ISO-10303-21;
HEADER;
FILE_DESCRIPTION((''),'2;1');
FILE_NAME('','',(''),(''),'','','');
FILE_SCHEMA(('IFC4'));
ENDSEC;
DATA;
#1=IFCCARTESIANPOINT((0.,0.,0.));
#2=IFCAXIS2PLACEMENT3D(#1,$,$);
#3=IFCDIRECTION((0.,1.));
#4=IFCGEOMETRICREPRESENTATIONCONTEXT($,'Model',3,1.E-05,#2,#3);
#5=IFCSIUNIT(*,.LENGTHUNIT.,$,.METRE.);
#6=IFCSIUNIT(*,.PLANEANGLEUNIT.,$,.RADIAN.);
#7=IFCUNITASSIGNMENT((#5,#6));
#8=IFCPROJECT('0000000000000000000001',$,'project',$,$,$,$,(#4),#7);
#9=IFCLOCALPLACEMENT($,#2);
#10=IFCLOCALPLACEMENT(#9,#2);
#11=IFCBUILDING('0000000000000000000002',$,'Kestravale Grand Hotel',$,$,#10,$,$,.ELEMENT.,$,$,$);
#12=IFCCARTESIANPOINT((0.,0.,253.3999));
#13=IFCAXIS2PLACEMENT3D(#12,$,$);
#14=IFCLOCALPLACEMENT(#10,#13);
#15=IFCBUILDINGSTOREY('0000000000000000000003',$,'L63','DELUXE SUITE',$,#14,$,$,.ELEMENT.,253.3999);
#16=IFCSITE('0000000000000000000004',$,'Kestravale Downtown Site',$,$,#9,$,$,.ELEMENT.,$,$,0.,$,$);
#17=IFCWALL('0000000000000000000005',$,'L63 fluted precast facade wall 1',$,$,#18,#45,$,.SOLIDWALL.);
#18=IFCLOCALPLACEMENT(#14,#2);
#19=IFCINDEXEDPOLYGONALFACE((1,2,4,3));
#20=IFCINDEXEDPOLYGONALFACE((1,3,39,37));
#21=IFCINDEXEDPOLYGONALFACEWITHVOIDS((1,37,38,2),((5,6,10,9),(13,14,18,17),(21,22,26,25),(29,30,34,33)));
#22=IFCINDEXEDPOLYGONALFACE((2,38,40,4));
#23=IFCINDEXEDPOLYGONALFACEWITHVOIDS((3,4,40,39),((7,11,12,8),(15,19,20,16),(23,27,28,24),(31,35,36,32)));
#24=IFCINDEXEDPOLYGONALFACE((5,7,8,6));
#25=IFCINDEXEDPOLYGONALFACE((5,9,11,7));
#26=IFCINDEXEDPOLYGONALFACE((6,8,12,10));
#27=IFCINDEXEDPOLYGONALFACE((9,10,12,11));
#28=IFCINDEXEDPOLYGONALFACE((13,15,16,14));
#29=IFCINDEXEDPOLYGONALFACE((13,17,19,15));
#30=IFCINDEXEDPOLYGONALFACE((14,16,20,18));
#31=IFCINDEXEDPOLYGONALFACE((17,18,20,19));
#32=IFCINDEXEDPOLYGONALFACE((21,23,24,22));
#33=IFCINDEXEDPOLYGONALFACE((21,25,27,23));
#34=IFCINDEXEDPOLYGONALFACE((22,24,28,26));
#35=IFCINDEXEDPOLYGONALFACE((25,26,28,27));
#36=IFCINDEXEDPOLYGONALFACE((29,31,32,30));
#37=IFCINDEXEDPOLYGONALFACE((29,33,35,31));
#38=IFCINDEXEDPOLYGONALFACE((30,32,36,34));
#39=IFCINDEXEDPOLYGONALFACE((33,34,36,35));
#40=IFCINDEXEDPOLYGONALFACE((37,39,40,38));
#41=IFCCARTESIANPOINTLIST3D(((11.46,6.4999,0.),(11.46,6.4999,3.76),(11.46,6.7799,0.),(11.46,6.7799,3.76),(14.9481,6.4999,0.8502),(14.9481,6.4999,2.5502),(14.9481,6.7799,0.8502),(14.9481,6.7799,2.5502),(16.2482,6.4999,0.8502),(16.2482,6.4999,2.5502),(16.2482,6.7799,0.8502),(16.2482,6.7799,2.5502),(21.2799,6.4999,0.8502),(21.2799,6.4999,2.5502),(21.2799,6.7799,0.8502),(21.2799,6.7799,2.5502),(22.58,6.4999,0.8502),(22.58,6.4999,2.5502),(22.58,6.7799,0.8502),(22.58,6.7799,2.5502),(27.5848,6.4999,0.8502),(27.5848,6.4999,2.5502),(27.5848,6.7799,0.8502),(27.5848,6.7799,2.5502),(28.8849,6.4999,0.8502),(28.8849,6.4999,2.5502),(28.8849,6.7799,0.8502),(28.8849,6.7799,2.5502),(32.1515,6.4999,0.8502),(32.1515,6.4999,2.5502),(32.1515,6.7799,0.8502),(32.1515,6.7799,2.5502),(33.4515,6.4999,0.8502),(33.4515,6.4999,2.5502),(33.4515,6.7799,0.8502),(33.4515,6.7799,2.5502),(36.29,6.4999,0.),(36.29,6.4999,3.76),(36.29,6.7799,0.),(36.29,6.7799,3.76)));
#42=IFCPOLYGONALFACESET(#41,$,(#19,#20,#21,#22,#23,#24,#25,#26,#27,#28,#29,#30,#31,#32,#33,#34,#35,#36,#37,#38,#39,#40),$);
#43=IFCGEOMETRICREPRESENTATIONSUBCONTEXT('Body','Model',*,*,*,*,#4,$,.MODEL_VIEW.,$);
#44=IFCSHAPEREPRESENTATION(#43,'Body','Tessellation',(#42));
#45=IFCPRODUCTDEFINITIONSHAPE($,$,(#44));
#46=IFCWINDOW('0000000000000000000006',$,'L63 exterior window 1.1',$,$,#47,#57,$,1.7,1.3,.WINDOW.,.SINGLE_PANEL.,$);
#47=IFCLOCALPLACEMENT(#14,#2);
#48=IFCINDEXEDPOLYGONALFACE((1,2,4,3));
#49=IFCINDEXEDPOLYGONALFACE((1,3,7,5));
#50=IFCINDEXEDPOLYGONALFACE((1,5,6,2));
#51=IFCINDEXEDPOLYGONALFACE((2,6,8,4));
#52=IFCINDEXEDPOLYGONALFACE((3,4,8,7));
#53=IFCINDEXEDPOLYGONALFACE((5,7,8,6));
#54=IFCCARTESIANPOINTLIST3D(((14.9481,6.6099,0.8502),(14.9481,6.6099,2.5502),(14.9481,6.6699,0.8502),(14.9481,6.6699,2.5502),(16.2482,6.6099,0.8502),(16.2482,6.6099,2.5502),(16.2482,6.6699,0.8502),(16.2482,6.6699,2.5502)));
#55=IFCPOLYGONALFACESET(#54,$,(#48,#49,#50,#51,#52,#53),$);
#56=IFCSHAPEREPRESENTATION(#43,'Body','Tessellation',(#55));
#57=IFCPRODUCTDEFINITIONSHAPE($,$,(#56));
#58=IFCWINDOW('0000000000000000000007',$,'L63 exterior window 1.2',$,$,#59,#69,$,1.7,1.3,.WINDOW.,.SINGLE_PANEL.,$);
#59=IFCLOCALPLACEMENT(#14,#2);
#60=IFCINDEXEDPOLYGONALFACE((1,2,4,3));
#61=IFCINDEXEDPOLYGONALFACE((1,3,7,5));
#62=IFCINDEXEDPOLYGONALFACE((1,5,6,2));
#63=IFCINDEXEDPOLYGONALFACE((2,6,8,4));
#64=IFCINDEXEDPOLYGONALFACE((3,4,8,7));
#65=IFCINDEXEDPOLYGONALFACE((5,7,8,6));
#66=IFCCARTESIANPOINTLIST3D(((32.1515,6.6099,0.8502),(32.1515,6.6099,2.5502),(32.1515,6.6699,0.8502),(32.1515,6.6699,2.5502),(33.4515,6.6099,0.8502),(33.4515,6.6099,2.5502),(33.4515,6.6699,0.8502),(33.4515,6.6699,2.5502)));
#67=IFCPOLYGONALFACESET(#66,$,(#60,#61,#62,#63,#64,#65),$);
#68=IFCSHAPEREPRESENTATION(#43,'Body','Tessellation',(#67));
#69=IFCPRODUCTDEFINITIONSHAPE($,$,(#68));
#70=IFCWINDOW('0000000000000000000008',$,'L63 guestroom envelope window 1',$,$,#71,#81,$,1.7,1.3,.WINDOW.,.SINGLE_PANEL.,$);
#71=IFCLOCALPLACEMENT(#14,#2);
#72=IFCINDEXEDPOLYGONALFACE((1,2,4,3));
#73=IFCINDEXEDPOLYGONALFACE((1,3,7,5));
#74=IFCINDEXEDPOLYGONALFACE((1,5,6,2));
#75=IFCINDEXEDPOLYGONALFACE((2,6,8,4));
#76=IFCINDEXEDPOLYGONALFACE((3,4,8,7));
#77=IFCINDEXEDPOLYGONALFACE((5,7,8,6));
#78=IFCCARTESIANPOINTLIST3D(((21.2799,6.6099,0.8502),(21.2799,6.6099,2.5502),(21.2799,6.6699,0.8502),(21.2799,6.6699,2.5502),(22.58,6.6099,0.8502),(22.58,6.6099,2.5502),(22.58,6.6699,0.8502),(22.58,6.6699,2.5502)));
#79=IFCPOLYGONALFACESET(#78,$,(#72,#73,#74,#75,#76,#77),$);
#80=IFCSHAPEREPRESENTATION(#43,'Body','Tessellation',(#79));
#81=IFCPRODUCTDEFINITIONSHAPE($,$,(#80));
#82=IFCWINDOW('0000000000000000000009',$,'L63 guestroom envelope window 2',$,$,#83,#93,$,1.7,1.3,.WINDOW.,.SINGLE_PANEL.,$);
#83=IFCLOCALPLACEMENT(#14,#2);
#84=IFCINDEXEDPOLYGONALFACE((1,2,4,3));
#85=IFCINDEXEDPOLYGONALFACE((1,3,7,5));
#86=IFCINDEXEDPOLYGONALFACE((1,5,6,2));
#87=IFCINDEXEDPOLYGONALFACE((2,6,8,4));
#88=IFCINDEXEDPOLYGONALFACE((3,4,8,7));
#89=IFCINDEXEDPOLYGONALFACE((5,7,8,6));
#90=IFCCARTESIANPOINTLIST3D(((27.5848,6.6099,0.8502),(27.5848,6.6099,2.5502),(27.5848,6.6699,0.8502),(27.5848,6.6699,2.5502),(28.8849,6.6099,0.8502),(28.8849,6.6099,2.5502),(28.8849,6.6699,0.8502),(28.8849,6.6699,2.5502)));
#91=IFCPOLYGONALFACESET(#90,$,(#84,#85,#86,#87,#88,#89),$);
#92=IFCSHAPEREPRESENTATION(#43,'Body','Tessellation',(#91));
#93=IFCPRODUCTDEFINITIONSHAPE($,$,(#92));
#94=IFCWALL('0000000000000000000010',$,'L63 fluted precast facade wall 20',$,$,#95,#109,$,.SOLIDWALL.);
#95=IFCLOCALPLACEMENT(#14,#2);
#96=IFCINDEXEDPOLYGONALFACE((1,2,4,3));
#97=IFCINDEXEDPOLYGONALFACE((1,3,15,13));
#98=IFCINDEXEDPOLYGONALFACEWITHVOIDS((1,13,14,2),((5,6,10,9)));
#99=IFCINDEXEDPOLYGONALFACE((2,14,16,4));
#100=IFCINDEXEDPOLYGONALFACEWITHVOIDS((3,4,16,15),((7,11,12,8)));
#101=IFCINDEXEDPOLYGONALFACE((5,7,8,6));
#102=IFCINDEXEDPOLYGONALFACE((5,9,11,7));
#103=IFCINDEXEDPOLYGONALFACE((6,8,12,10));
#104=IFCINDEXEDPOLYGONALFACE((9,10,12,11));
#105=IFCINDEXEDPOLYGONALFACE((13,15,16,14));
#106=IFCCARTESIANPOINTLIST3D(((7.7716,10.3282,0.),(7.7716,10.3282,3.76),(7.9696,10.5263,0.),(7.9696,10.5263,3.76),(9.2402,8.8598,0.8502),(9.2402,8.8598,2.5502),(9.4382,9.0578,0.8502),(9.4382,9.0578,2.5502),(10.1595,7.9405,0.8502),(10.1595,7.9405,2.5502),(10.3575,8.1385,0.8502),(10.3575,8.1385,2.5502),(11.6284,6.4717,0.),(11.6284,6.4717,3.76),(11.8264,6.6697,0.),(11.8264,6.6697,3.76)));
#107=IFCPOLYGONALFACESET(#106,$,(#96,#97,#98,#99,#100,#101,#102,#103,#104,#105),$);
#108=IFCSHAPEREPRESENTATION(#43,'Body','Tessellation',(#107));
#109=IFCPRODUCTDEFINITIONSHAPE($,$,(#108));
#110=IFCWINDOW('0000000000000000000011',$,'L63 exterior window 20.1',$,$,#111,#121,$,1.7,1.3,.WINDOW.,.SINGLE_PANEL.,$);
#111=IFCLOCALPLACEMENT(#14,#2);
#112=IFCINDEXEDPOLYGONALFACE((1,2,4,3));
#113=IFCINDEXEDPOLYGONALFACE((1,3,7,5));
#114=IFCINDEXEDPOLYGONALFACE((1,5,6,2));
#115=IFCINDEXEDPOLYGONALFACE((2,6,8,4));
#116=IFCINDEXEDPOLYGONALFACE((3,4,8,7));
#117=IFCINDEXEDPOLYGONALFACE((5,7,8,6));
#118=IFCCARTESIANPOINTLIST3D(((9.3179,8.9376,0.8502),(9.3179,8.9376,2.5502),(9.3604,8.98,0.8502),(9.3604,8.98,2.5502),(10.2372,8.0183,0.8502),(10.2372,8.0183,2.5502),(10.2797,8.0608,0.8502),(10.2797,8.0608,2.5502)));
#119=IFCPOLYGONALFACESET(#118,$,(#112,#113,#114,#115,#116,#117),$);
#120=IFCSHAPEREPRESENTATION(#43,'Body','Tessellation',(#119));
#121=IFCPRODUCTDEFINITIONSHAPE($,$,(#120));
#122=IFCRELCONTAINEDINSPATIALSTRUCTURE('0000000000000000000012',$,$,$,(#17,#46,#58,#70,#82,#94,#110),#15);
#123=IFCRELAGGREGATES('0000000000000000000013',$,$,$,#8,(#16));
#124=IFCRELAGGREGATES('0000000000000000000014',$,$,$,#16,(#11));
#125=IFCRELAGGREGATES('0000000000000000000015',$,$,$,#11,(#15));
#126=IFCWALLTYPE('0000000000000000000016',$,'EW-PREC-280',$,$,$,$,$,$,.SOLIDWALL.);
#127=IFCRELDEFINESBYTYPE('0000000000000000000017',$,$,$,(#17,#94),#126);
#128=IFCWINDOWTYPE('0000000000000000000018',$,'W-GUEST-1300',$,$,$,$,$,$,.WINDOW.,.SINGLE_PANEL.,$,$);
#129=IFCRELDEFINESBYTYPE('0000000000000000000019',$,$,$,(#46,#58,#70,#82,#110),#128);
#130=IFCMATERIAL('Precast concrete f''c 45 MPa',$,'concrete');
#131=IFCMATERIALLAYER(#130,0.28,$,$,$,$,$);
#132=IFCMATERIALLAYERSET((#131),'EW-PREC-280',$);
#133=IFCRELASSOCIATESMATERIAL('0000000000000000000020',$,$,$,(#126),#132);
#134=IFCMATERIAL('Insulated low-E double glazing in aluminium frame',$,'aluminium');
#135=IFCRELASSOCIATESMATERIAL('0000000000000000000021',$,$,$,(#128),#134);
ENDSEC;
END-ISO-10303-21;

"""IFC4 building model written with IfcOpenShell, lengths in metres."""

from ifc_helpers import new_model, si_unit, direction, frame, frame_2d, origin, place, context, subcontext, project, spatial, rectangle, extrude, material, layer, layer_set, type_object, element, fill, save


model = new_model("IFC4")

# Units and contexts
model_context = context("Model", 3, precision=1e-05, world=origin(), true_north=direction((0.0, 1.0)))
body_context = subcontext(model_context, "Body", "Model", "MODEL_VIEW")
ifc_project = project(units=[si_unit("LENGTHUNIT", "METRE"), si_unit("PLANEANGLEUNIT", "RADIAN")], contexts=[model_context])

# Site, building, storey
site_placement = place(None, origin())
site = spatial("IfcSite", under=ifc_project, at=site_placement, Name="Kestravale Downtown Site", CompositionType="ELEMENT", RefElevation=0.0)
building_placement = place(site_placement, origin())
building = spatial("IfcBuilding", under=site, at=building_placement, Name="Kestravale Grand Hotel", CompositionType="ELEMENT")
storey_placement = place(building_placement, frame((0.0, 0.0, 253.3999)))
storey = spatial("IfcBuildingStorey", under=building, at=storey_placement, Name="L63", Description="DELUXE SUITE", CompositionType="ELEMENT", Elevation=253.3999)

# Wall, openings, windows
ifc_material_1 = material(Name="Precast concrete f'c 45 MPa", Category="concrete")
ifc_layer_1 = layer(ifc_material_1, 0.28)
ifc_layer_set_1 = layer_set([ifc_layer_1], Name="EW-PREC-280")
wall_type_1 = type_object("IfcWallType", Name="EW-PREC-280", PredefinedType="SOLIDWALL", material=ifc_layer_set_1)
wall_1_placement = place(storey_placement, frame((11.46, 6.6399, 0.0), z_axis=(0.0, 0.0, 1.0), x_axis=(1.0, 0.0, 0.0)))
wall_1 = element("IfcWall", 1, at=wall_1_placement, inside=storey, type_object=wall_type_1, Name="L63 fluted precast facade wall 1", PredefinedType="SOLIDWALL", context=body_context, shape_type="SweptSolid", body=[
    extrude(rectangle(XDim=24.8301, YDim=0.28, at=frame_2d((12.415, 0.0))), origin(), (0.0, 0.0, 1.0), 3.76),
])
opening_1_placement = place(wall_1_placement, frame((3.4883, 0.0, 0.8501)))
opening_1 = element("IfcOpeningElement", 2, at=opening_1_placement, cuts=wall_1, PredefinedType="OPENING", context=body_context, shape_type="SweptSolid", body=[
    extrude(rectangle(XDim=1.3, YDim=1.7, at=frame_2d((0.6499, 0.8501))), frame((0.0, 0.1499, 0.0), z_axis=(0.0, -1.0, 0.0), x_axis=(1.0, 0.0, 0.0)), (0.0, 0.0, 1.0), 0.3),
])
opening_2_placement = place(wall_1_placement, frame((20.6917, 0.0, 0.8501)))
opening_2 = element("IfcOpeningElement", 3, at=opening_2_placement, cuts=wall_1, PredefinedType="OPENING", context=body_context, shape_type="SweptSolid", body=[
    extrude(rectangle(XDim=1.3, YDim=1.7, at=frame_2d((0.6499, 0.8501))), frame((0.0, 0.1499, 0.0), z_axis=(0.0, -1.0, 0.0), x_axis=(1.0, 0.0, 0.0)), (0.0, 0.0, 1.0), 0.3),
])
opening_3_placement = place(wall_1_placement, frame((9.8201, 0.0, 0.8501)))
opening_3 = element("IfcOpeningElement", 4, at=opening_3_placement, cuts=wall_1, PredefinedType="OPENING", context=body_context, shape_type="SweptSolid", body=[
    extrude(rectangle(XDim=1.3, YDim=1.7, at=frame_2d((0.6499, 0.8501))), frame((0.0, 0.1499, 0.0), z_axis=(0.0, -1.0, 0.0), x_axis=(1.0, 0.0, 0.0)), (0.0, 0.0, 1.0), 0.3),
])
opening_4_placement = place(wall_1_placement, frame((16.125, 0.0, 0.8501)))
opening_4 = element("IfcOpeningElement", 5, at=opening_4_placement, cuts=wall_1, PredefinedType="OPENING", context=body_context, shape_type="SweptSolid", body=[
    extrude(rectangle(XDim=1.3, YDim=1.7, at=frame_2d((0.6499, 0.8501))), frame((0.0, 0.1499, 0.0), z_axis=(0.0, -1.0, 0.0), x_axis=(1.0, 0.0, 0.0)), (0.0, 0.0, 1.0), 0.3),
])
ifc_material_2 = material(Name="Insulated low-E double glazing in aluminium frame", Category="aluminium")
window_type = type_object("IfcWindowType", Name="W-GUEST-1300", PartitioningType="SINGLE_PANEL", PredefinedType="WINDOW", material=ifc_material_2)
window_1_placement = place(opening_1_placement, origin())
window_1 = element("IfcWindow", 6, at=window_1_placement, inside=storey, type_object=window_type, Name="L63 exterior window 1.1", OverallHeight=1.7, OverallWidth=1.3, PartitioningType="SINGLE_PANEL", PredefinedType="WINDOW", context=body_context, shape_type="SweptSolid", body=[
    extrude(rectangle(XDim=1.3, YDim=1.7, at=frame_2d((0.6499, 0.8501))), frame((0.0, 0.03, 0.0), z_axis=(0.0, -1.0, 0.0), x_axis=(1.0, 0.0, 0.0)), (0.0, 0.0, 1.0), 0.0601),
])
fill(opening_1, window_1)
window_2_placement = place(opening_2_placement, origin())
window_2 = element("IfcWindow", 7, at=window_2_placement, inside=storey, type_object=window_type, Name="L63 exterior window 1.2", OverallHeight=1.7, OverallWidth=1.3, PartitioningType="SINGLE_PANEL", PredefinedType="WINDOW", context=body_context, shape_type="SweptSolid", body=[
    extrude(rectangle(XDim=1.3, YDim=1.7, at=frame_2d((0.6499, 0.8501))), frame((0.0, 0.03, 0.0), z_axis=(0.0, -1.0, 0.0), x_axis=(1.0, 0.0, 0.0)), (0.0, 0.0, 1.0), 0.0601),
])
fill(opening_2, window_2)
window_3_placement = place(opening_3_placement, origin())
window_3 = element("IfcWindow", 8, at=window_3_placement, inside=storey, type_object=window_type, Name="L63 guestroom envelope window 1", OverallHeight=1.7, OverallWidth=1.3, PartitioningType="SINGLE_PANEL", PredefinedType="WINDOW", context=body_context, shape_type="SweptSolid", body=[
    extrude(rectangle(XDim=1.3, YDim=1.7, at=frame_2d((0.6499, 0.8501))), frame((0.0, 0.03, 0.0), z_axis=(0.0, -1.0, 0.0), x_axis=(1.0, 0.0, 0.0)), (0.0, 0.0, 1.0), 0.0601),
])
fill(opening_3, window_3)
window_4_placement = place(opening_4_placement, origin())
window_4 = element("IfcWindow", 9, at=window_4_placement, inside=storey, type_object=window_type, Name="L63 guestroom envelope window 2", OverallHeight=1.7, OverallWidth=1.3, PartitioningType="SINGLE_PANEL", PredefinedType="WINDOW", context=body_context, shape_type="SweptSolid", body=[
    extrude(rectangle(XDim=1.3, YDim=1.7, at=frame_2d((0.6499, 0.8501))), frame((0.0, 0.03, 0.0), z_axis=(0.0, -1.0, 0.0), x_axis=(1.0, 0.0, 0.0)), (0.0, 0.0, 1.0), 0.0601),
])
fill(opening_4, window_4)

# Wall, opening, window
wall_2_placement = place(storey_placement, frame((7.8706, 10.4272, 0.0), z_axis=(0.0, 0.0, 1.0), x_axis=(0.707129, -0.707084, 0.0)))
wall_2 = element("IfcWall", 10, at=wall_2_placement, inside=storey, type_object=wall_type_1, Name="L63 fluted precast facade wall 20", PredefinedType="SOLIDWALL", context=body_context, shape_type="SweptSolid", body=[
    extrude(rectangle(XDim=5.4541, YDim=0.28, at=frame_2d((2.7271, 0.0))), origin(), (0.0, 0.0, 1.0), 3.76),
])
opening_5_placement = place(wall_2_placement, frame((2.0769, 0.0, 0.8501)))
opening_5 = element("IfcOpeningElement", 11, at=opening_5_placement, cuts=wall_2, PredefinedType="OPENING", context=body_context, shape_type="SweptSolid", body=[
    extrude(rectangle(XDim=1.3, YDim=1.7, at=frame_2d((0.6499, 0.8501))), frame((0.0, 0.1499, 0.0), z_axis=(0.0, -1.0, 0.0), x_axis=(1.0, 0.0, 0.0)), (0.0, 0.0, 1.0), 0.3),
])
window_5_placement = place(opening_5_placement, origin())
window_5 = element("IfcWindow", 12, at=window_5_placement, inside=storey, type_object=window_type, Name="L63 exterior window 20.1", OverallHeight=1.7, OverallWidth=1.3, PartitioningType="SINGLE_PANEL", PredefinedType="WINDOW", context=body_context, shape_type="SweptSolid", body=[
    extrude(rectangle(XDim=1.3, YDim=1.7, at=frame_2d((0.6499, 0.8501))), frame((0.0, 0.03, 0.0), z_axis=(0.0, -1.0, 0.0), x_axis=(1.0, 0.0, 0.0)), (0.0, 0.0, 1.0), 0.0601),
])
fill(opening_5, window_5)

save(model, "model.ifc")
